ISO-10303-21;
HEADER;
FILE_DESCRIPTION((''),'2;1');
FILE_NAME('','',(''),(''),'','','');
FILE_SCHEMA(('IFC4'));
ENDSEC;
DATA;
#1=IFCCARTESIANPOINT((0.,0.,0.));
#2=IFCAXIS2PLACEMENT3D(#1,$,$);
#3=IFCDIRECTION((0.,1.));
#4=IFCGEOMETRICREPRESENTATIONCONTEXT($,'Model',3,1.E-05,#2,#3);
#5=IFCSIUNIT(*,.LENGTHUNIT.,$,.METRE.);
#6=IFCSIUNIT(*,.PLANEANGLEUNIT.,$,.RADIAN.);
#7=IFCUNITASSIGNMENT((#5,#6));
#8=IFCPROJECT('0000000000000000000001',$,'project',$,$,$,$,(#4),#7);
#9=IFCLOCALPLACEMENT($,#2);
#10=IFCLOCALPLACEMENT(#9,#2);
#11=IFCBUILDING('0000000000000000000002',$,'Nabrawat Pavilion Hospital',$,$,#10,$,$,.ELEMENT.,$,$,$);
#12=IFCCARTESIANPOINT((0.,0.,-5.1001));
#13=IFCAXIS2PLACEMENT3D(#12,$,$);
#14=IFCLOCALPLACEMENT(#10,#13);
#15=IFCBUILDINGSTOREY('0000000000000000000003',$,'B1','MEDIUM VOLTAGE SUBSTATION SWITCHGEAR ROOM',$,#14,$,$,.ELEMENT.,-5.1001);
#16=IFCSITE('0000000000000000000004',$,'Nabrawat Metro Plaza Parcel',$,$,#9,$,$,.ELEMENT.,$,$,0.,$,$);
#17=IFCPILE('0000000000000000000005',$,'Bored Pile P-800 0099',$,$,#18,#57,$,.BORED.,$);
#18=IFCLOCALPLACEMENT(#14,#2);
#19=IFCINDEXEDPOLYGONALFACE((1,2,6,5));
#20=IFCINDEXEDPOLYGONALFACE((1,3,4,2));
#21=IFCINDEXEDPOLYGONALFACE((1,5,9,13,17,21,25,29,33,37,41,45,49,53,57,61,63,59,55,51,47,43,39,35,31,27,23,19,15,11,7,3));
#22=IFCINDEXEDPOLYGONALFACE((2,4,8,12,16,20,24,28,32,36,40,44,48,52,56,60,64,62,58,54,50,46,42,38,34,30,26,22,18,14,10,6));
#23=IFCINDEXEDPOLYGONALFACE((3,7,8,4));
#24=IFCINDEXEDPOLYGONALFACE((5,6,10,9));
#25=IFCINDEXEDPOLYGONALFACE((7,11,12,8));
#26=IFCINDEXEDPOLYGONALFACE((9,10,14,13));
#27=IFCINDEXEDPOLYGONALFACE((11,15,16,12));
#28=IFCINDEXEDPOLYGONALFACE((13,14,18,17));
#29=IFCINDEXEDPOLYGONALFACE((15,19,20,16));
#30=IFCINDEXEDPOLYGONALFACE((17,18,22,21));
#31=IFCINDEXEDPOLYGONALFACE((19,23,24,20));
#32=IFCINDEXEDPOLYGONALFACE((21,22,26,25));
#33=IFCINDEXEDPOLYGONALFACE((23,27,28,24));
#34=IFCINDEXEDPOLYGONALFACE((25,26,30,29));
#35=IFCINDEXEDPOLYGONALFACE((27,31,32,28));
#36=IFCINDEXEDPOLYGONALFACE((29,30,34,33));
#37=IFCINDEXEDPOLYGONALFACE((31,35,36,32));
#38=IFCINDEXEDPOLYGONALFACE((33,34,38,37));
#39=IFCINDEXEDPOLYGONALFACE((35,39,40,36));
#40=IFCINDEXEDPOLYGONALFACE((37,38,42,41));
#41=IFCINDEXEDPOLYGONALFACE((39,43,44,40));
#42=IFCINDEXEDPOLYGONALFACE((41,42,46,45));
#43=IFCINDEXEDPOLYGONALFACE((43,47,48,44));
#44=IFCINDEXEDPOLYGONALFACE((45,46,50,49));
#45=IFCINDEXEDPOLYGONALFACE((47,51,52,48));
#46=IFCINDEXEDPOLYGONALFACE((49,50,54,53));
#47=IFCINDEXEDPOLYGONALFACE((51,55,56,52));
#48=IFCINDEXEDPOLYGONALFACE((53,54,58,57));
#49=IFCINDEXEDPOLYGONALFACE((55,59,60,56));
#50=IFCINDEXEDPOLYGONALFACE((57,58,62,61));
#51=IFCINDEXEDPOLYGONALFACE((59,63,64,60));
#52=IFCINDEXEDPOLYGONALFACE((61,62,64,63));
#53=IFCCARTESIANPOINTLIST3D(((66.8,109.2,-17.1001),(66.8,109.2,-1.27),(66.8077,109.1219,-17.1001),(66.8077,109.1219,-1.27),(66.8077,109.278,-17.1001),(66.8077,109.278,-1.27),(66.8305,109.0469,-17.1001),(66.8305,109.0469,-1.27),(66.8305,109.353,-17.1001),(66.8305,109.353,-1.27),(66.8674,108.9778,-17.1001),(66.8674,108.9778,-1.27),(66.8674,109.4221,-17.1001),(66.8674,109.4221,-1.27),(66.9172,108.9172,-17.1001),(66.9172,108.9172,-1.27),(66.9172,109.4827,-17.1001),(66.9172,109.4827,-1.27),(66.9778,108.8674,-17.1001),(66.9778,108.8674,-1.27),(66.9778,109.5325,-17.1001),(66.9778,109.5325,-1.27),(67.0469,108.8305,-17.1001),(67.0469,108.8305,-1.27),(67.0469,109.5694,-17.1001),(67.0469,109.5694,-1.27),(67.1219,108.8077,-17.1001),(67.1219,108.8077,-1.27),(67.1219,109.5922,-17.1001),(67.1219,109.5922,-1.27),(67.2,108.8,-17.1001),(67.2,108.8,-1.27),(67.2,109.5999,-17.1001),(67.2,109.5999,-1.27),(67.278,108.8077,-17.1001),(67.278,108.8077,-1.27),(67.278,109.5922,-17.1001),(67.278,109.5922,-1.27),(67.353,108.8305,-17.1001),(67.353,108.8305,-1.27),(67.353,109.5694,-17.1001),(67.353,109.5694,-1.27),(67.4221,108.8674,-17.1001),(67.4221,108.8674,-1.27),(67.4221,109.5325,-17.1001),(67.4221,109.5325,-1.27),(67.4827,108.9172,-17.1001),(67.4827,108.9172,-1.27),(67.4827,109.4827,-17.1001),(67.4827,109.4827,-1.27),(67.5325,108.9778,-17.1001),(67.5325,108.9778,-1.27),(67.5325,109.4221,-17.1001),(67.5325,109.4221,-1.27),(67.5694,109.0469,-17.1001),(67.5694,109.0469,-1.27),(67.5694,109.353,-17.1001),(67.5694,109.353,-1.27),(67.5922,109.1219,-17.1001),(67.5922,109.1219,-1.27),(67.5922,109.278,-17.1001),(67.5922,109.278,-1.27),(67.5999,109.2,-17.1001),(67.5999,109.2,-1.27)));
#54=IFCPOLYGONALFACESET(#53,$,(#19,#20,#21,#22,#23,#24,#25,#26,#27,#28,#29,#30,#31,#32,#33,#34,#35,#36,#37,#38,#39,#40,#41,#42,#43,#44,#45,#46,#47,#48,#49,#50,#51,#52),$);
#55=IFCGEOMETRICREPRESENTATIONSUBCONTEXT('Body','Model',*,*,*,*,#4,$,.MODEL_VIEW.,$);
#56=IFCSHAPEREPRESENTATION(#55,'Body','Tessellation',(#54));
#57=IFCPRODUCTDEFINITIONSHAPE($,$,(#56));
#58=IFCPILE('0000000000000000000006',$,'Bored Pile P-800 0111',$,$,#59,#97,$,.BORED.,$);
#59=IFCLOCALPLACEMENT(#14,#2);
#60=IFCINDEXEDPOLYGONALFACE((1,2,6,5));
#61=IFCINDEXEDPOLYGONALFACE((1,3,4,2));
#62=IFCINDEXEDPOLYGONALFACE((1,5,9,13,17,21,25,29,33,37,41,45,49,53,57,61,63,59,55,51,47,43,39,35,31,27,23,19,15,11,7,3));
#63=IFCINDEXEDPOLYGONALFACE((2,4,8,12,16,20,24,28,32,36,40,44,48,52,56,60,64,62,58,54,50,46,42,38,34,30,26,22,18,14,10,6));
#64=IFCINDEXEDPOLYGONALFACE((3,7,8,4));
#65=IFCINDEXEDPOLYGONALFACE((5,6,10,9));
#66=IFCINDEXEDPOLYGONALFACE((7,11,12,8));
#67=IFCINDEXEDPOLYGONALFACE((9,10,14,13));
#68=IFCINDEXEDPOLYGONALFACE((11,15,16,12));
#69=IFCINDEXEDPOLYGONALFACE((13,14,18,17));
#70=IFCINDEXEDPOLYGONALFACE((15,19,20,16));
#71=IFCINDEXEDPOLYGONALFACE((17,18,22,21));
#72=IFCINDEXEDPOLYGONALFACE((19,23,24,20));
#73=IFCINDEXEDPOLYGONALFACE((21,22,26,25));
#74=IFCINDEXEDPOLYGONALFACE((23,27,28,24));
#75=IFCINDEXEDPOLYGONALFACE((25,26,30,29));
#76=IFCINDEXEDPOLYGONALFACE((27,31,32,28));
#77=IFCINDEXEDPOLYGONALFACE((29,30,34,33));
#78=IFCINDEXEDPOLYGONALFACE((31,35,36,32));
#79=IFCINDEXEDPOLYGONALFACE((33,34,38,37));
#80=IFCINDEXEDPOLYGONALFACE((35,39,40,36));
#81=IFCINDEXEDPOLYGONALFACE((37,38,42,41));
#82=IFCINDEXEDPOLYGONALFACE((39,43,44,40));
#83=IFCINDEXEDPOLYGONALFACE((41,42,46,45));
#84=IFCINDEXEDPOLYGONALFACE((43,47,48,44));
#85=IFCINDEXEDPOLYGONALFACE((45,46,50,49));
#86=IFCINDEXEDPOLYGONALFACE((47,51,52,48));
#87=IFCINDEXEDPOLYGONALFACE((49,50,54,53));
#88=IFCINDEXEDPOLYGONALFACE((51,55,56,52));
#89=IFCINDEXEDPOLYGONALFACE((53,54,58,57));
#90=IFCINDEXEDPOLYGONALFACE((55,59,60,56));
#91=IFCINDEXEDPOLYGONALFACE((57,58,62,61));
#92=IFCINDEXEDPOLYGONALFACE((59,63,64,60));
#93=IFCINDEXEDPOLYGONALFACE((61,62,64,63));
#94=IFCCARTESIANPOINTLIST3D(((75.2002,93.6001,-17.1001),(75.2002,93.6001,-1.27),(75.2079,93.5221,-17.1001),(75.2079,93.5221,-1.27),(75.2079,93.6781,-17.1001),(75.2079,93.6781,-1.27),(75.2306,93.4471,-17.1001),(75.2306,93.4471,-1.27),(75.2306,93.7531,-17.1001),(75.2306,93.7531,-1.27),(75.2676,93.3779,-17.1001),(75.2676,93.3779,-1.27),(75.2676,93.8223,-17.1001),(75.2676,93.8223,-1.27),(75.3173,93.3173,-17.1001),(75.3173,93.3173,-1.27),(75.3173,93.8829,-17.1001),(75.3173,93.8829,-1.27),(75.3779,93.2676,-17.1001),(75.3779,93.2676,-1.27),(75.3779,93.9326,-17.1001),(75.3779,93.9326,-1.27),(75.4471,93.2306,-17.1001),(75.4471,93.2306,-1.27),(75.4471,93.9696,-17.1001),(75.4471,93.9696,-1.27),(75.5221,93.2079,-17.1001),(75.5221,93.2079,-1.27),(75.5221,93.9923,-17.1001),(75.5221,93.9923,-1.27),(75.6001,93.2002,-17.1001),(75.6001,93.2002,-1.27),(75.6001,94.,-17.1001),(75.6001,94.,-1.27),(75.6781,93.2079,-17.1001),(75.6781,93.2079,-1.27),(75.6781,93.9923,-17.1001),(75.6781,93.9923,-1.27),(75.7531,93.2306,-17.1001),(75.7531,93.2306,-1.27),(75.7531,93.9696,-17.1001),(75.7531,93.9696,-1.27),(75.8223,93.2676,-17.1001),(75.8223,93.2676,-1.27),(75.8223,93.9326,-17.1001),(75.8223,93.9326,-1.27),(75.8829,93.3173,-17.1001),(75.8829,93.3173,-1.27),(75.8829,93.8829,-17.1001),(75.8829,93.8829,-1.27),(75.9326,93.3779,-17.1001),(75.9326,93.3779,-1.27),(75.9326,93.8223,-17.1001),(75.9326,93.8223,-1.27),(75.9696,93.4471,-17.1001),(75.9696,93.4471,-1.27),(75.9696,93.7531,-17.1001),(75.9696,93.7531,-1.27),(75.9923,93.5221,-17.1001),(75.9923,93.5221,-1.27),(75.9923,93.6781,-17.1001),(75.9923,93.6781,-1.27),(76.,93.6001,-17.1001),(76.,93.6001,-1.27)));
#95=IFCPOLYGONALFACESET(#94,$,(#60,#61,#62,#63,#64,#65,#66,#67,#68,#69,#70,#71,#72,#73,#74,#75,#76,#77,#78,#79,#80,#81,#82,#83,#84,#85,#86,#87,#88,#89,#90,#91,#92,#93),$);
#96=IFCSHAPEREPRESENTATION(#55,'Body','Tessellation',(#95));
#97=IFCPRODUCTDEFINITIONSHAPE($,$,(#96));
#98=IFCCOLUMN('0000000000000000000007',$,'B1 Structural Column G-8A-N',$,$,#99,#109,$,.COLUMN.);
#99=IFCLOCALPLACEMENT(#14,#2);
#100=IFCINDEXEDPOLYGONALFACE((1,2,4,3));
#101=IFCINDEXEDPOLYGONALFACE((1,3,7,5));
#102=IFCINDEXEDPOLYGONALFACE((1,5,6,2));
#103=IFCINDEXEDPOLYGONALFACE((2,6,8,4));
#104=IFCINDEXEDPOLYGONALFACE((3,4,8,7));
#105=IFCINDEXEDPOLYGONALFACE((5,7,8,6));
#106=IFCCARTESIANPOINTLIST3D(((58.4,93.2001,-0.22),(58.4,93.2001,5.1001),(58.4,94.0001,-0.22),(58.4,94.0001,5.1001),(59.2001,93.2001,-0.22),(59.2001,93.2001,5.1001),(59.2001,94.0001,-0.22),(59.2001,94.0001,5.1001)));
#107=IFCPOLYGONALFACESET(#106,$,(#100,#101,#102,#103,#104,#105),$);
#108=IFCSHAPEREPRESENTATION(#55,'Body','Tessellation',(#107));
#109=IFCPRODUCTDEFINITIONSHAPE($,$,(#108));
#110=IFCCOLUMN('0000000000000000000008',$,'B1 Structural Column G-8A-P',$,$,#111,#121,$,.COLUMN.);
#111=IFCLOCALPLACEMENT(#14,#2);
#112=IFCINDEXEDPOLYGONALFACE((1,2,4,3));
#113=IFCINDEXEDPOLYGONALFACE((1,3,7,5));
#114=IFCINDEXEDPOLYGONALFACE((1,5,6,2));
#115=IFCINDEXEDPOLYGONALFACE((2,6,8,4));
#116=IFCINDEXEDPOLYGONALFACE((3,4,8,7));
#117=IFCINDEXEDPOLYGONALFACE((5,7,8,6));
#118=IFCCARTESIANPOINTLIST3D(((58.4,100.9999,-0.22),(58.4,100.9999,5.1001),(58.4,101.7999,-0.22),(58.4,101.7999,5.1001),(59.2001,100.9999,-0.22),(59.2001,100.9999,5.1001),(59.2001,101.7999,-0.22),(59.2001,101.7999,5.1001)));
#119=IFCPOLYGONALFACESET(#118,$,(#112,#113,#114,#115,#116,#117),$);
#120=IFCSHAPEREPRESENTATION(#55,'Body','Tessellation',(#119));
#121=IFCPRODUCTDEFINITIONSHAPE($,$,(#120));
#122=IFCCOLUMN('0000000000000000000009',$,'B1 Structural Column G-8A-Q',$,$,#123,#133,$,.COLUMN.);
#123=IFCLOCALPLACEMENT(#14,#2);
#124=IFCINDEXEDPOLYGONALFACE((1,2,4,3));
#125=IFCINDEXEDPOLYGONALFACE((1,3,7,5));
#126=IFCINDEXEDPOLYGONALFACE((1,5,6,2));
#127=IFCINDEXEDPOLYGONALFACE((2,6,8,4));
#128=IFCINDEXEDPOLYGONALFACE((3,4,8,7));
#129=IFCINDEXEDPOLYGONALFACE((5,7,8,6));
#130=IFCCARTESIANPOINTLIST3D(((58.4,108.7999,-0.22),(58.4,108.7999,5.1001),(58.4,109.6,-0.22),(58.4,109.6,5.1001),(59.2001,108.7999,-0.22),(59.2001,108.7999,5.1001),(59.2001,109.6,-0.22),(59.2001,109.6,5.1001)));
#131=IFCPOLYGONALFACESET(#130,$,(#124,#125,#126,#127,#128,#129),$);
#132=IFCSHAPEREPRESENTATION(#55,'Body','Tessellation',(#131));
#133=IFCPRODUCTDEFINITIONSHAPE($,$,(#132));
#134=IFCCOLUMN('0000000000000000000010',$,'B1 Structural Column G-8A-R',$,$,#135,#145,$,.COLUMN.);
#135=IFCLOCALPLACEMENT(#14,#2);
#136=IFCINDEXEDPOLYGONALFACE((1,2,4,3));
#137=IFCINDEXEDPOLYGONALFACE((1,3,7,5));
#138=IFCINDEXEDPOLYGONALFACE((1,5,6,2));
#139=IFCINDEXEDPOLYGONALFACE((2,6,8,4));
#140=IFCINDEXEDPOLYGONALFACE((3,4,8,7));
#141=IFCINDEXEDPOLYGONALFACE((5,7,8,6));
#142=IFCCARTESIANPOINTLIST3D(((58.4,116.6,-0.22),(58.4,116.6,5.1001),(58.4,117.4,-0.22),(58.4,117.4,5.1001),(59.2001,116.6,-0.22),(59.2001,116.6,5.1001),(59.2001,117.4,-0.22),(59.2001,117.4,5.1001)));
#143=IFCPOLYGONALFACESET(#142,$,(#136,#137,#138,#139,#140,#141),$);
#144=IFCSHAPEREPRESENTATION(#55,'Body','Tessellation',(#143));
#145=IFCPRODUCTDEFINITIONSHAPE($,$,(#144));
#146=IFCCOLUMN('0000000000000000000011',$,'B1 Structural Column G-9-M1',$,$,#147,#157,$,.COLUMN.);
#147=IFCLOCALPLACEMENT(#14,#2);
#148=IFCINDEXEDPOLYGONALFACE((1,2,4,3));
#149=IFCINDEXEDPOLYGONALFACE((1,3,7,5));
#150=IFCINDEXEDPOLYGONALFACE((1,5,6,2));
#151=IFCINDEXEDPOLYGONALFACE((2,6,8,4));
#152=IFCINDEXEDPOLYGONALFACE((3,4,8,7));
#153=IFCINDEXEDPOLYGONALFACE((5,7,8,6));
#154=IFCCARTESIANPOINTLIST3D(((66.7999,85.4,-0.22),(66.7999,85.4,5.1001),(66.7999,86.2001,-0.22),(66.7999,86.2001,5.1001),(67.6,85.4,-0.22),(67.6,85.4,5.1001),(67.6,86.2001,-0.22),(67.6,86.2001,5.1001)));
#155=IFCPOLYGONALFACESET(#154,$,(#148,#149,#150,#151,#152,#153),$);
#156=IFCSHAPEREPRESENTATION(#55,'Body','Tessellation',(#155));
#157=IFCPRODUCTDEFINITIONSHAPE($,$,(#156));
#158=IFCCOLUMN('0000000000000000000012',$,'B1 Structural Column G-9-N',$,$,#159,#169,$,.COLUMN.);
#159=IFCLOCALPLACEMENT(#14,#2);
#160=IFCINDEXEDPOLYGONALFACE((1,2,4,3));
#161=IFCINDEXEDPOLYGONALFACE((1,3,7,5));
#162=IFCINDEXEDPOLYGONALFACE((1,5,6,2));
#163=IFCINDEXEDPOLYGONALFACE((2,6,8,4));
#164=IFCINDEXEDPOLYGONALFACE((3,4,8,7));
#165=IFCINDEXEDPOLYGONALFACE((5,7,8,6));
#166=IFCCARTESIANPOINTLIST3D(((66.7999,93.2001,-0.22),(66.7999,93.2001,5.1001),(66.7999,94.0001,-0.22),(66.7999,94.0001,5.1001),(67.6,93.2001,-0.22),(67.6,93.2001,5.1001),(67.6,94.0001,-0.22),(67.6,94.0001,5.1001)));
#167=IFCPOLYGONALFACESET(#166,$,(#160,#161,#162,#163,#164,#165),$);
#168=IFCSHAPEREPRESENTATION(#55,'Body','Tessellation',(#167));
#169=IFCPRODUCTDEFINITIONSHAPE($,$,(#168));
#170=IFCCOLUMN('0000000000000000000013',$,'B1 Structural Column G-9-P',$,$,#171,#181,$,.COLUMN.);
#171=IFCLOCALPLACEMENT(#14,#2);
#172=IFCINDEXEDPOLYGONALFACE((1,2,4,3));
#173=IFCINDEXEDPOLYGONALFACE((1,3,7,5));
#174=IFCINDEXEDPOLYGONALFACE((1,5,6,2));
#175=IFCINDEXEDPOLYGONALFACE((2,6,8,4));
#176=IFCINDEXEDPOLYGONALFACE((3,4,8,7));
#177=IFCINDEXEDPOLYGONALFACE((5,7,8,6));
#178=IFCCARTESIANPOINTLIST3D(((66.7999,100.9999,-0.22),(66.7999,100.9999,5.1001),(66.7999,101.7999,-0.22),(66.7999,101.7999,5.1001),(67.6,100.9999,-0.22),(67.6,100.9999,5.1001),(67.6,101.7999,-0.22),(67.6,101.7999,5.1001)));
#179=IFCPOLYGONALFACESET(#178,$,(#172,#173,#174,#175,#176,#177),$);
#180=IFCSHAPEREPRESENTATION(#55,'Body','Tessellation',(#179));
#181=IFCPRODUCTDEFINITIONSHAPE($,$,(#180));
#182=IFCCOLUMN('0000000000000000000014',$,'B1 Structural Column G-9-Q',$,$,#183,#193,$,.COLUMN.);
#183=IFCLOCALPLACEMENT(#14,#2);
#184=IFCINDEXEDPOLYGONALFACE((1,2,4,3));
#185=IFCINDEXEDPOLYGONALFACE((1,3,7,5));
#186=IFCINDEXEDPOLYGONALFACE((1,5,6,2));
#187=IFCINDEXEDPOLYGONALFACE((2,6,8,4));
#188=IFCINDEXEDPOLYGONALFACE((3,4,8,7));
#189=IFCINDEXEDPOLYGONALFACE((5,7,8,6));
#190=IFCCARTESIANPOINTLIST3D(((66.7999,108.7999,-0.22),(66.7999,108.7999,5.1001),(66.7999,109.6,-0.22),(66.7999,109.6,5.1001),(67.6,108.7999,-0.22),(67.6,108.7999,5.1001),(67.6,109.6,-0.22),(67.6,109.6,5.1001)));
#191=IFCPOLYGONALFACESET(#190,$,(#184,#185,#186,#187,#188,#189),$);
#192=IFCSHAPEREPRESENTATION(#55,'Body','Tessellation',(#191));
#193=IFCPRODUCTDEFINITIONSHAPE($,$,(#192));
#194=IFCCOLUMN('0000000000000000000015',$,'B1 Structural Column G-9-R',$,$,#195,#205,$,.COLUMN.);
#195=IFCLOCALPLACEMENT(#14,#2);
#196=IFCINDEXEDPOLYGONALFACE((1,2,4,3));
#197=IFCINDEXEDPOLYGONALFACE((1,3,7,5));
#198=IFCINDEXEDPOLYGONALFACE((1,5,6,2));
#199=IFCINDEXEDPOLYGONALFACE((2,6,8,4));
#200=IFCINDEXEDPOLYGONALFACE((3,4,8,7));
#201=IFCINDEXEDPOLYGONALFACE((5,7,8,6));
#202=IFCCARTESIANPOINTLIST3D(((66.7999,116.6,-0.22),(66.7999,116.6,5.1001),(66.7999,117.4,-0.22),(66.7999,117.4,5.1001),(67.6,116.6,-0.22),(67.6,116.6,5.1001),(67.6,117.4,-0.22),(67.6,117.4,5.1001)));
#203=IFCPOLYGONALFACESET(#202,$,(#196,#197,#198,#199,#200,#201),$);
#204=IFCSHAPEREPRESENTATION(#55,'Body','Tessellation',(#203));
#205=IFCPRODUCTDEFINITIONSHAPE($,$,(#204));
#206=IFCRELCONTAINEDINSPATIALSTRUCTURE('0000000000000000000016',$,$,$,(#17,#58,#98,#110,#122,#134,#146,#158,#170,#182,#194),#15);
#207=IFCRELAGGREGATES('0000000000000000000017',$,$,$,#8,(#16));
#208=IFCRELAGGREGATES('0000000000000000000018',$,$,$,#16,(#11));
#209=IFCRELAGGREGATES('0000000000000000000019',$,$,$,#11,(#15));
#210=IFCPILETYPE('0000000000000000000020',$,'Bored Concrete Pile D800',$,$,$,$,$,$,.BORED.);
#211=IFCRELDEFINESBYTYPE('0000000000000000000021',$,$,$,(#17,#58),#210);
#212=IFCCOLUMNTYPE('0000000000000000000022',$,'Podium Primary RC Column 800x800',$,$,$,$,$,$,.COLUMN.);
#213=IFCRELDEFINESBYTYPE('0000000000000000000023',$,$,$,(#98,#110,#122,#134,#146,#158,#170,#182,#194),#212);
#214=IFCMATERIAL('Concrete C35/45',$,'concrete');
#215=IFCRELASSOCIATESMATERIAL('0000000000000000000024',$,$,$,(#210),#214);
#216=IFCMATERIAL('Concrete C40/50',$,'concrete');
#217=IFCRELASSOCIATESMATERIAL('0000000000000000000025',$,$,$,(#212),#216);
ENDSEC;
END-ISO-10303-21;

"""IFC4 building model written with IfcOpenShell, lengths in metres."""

from ifc_helpers import new_model, si_unit, direction, frame, origin, origin_2d, place, context, subcontext, project, spatial, rectangle, circle, extrude, material, material_profile, profile_set, type_object, element, save


model = new_model("IFC4")

# Units and contexts
model_context = context("Model", 3, precision=1e-05, world=origin(), true_north=direction((0.0, 1.0)))
body_context = subcontext(model_context, "Body", "Model", "MODEL_VIEW")
ifc_project = project(units=[si_unit("LENGTHUNIT", "METRE"), si_unit("PLANEANGLEUNIT", "RADIAN")], contexts=[model_context])

# Site, building, storey
site_placement = place(None, origin())
site = spatial("IfcSite", under=ifc_project, at=site_placement, Name="Nabrawat Metro Plaza Parcel", CompositionType="ELEMENT", RefElevation=0.0)
building_placement = place(site_placement, origin())
building = spatial("IfcBuilding", under=site, at=building_placement, Name="Nabrawat Pavilion Hospital", CompositionType="ELEMENT")
storey_placement = place(building_placement, frame((0.0, 0.0, -5.1001)))
storey = spatial("IfcBuildingStorey", under=building, at=storey_placement, Name="B1", Description="MEDIUM VOLTAGE SUBSTATION SWITCHGEAR ROOM", CompositionType="ELEMENT", Elevation=-5.1001)

# Piles
ifc_material_1 = material(Name="Concrete C35/45", Category="concrete")
ifc_material_profile_1 = material_profile(ifc_material_1, circle(Radius=0.3999, at=origin_2d()), Name="DIA 800")
ifc_profile_set_1 = profile_set([ifc_material_profile_1], Name="Concrete C35/45")
pile_type_1 = type_object("IfcPileType", Name="Bored Concrete Pile D800", PredefinedType="BORED", material=ifc_profile_set_1)
for number, where, z_axis, x_axis, name in (
    (1, (67.2, 109.2, -1.27), (0.0, 0.0, -1.0), (1.0, 0.0, 0.0), "Bored Pile P-800 0099"),
    (2, (75.6001, 93.6001, -1.27), (0.0, 0.0, -1.0), (1.0, 0.0, 0.0), "Bored Pile P-800 0111"),
):
    element("IfcPile", number, at=place(storey_placement, frame(where, z_axis=z_axis, x_axis=x_axis)), inside=storey, type_object=pile_type_1, Name=name, PredefinedType="BORED", context=body_context, shape_type="SweptSolid", body=[
        extrude(circle(Radius=0.3999, at=origin_2d()), origin(), (0.0, 0.0, 1.0), 15.8301),
    ])

# Columns
ifc_material_2 = material(Name="Concrete C40/50", Category="concrete")
ifc_material_profile_2 = material_profile(ifc_material_2, rectangle(XDim=0.8, YDim=0.8, at=origin_2d()), Name="RC 800x800")
ifc_profile_set_2 = profile_set([ifc_material_profile_2], Name="Concrete C40/50")
column_type = type_object("IfcColumnType", Name="Podium Primary RC Column 800x800", PredefinedType="COLUMN", material=ifc_profile_set_2)
for number, where, z_axis, x_axis, name in (
    (3, (58.8, 93.6001, -0.22), (0.0, 0.0, 1.0), (1.0, 0.0, 0.0), "B1 Structural Column G-8A-N"),
    (4, (58.8, 101.3999, -0.22), (0.0, 0.0, 1.0), (1.0, 0.0, 0.0), "B1 Structural Column G-8A-P"),
    (5, (58.8, 109.2, -0.22), (0.0, 0.0, 1.0), (1.0, 0.0, 0.0), "B1 Structural Column G-8A-Q"),
    (6, (58.8, 117.0, -0.22), (0.0, 0.0, 1.0), (1.0, 0.0, 0.0), "B1 Structural Column G-8A-R"),
    (7, (67.2, 85.8, -0.22), (0.0, 0.0, 1.0), (1.0, 0.0, 0.0), "B1 Structural Column G-9-M1"),
    (8, (67.2, 93.6001, -0.22), (0.0, 0.0, 1.0), (1.0, 0.0, 0.0), "B1 Structural Column G-9-N"),
    (9, (67.2, 101.3999, -0.22), (0.0, 0.0, 1.0), (1.0, 0.0, 0.0), "B1 Structural Column G-9-P"),
    (10, (67.2, 109.2, -0.22), (0.0, 0.0, 1.0), (1.0, 0.0, 0.0), "B1 Structural Column G-9-Q"),
    (11, (67.2, 117.0, -0.22), (0.0, 0.0, 1.0), (1.0, 0.0, 0.0), "B1 Structural Column G-9-R"),
):
    element("IfcColumn", number, at=place(storey_placement, frame(where, z_axis=z_axis, x_axis=x_axis)), inside=storey, type_object=column_type, Name=name, PredefinedType="COLUMN", context=body_context, shape_type="SweptSolid", body=[
        extrude(rectangle(XDim=0.8, YDim=0.8, at=origin_2d()), origin(), (0.0, 0.0, 1.0), 5.3201),
    ])

save(model, "model.ifc")
